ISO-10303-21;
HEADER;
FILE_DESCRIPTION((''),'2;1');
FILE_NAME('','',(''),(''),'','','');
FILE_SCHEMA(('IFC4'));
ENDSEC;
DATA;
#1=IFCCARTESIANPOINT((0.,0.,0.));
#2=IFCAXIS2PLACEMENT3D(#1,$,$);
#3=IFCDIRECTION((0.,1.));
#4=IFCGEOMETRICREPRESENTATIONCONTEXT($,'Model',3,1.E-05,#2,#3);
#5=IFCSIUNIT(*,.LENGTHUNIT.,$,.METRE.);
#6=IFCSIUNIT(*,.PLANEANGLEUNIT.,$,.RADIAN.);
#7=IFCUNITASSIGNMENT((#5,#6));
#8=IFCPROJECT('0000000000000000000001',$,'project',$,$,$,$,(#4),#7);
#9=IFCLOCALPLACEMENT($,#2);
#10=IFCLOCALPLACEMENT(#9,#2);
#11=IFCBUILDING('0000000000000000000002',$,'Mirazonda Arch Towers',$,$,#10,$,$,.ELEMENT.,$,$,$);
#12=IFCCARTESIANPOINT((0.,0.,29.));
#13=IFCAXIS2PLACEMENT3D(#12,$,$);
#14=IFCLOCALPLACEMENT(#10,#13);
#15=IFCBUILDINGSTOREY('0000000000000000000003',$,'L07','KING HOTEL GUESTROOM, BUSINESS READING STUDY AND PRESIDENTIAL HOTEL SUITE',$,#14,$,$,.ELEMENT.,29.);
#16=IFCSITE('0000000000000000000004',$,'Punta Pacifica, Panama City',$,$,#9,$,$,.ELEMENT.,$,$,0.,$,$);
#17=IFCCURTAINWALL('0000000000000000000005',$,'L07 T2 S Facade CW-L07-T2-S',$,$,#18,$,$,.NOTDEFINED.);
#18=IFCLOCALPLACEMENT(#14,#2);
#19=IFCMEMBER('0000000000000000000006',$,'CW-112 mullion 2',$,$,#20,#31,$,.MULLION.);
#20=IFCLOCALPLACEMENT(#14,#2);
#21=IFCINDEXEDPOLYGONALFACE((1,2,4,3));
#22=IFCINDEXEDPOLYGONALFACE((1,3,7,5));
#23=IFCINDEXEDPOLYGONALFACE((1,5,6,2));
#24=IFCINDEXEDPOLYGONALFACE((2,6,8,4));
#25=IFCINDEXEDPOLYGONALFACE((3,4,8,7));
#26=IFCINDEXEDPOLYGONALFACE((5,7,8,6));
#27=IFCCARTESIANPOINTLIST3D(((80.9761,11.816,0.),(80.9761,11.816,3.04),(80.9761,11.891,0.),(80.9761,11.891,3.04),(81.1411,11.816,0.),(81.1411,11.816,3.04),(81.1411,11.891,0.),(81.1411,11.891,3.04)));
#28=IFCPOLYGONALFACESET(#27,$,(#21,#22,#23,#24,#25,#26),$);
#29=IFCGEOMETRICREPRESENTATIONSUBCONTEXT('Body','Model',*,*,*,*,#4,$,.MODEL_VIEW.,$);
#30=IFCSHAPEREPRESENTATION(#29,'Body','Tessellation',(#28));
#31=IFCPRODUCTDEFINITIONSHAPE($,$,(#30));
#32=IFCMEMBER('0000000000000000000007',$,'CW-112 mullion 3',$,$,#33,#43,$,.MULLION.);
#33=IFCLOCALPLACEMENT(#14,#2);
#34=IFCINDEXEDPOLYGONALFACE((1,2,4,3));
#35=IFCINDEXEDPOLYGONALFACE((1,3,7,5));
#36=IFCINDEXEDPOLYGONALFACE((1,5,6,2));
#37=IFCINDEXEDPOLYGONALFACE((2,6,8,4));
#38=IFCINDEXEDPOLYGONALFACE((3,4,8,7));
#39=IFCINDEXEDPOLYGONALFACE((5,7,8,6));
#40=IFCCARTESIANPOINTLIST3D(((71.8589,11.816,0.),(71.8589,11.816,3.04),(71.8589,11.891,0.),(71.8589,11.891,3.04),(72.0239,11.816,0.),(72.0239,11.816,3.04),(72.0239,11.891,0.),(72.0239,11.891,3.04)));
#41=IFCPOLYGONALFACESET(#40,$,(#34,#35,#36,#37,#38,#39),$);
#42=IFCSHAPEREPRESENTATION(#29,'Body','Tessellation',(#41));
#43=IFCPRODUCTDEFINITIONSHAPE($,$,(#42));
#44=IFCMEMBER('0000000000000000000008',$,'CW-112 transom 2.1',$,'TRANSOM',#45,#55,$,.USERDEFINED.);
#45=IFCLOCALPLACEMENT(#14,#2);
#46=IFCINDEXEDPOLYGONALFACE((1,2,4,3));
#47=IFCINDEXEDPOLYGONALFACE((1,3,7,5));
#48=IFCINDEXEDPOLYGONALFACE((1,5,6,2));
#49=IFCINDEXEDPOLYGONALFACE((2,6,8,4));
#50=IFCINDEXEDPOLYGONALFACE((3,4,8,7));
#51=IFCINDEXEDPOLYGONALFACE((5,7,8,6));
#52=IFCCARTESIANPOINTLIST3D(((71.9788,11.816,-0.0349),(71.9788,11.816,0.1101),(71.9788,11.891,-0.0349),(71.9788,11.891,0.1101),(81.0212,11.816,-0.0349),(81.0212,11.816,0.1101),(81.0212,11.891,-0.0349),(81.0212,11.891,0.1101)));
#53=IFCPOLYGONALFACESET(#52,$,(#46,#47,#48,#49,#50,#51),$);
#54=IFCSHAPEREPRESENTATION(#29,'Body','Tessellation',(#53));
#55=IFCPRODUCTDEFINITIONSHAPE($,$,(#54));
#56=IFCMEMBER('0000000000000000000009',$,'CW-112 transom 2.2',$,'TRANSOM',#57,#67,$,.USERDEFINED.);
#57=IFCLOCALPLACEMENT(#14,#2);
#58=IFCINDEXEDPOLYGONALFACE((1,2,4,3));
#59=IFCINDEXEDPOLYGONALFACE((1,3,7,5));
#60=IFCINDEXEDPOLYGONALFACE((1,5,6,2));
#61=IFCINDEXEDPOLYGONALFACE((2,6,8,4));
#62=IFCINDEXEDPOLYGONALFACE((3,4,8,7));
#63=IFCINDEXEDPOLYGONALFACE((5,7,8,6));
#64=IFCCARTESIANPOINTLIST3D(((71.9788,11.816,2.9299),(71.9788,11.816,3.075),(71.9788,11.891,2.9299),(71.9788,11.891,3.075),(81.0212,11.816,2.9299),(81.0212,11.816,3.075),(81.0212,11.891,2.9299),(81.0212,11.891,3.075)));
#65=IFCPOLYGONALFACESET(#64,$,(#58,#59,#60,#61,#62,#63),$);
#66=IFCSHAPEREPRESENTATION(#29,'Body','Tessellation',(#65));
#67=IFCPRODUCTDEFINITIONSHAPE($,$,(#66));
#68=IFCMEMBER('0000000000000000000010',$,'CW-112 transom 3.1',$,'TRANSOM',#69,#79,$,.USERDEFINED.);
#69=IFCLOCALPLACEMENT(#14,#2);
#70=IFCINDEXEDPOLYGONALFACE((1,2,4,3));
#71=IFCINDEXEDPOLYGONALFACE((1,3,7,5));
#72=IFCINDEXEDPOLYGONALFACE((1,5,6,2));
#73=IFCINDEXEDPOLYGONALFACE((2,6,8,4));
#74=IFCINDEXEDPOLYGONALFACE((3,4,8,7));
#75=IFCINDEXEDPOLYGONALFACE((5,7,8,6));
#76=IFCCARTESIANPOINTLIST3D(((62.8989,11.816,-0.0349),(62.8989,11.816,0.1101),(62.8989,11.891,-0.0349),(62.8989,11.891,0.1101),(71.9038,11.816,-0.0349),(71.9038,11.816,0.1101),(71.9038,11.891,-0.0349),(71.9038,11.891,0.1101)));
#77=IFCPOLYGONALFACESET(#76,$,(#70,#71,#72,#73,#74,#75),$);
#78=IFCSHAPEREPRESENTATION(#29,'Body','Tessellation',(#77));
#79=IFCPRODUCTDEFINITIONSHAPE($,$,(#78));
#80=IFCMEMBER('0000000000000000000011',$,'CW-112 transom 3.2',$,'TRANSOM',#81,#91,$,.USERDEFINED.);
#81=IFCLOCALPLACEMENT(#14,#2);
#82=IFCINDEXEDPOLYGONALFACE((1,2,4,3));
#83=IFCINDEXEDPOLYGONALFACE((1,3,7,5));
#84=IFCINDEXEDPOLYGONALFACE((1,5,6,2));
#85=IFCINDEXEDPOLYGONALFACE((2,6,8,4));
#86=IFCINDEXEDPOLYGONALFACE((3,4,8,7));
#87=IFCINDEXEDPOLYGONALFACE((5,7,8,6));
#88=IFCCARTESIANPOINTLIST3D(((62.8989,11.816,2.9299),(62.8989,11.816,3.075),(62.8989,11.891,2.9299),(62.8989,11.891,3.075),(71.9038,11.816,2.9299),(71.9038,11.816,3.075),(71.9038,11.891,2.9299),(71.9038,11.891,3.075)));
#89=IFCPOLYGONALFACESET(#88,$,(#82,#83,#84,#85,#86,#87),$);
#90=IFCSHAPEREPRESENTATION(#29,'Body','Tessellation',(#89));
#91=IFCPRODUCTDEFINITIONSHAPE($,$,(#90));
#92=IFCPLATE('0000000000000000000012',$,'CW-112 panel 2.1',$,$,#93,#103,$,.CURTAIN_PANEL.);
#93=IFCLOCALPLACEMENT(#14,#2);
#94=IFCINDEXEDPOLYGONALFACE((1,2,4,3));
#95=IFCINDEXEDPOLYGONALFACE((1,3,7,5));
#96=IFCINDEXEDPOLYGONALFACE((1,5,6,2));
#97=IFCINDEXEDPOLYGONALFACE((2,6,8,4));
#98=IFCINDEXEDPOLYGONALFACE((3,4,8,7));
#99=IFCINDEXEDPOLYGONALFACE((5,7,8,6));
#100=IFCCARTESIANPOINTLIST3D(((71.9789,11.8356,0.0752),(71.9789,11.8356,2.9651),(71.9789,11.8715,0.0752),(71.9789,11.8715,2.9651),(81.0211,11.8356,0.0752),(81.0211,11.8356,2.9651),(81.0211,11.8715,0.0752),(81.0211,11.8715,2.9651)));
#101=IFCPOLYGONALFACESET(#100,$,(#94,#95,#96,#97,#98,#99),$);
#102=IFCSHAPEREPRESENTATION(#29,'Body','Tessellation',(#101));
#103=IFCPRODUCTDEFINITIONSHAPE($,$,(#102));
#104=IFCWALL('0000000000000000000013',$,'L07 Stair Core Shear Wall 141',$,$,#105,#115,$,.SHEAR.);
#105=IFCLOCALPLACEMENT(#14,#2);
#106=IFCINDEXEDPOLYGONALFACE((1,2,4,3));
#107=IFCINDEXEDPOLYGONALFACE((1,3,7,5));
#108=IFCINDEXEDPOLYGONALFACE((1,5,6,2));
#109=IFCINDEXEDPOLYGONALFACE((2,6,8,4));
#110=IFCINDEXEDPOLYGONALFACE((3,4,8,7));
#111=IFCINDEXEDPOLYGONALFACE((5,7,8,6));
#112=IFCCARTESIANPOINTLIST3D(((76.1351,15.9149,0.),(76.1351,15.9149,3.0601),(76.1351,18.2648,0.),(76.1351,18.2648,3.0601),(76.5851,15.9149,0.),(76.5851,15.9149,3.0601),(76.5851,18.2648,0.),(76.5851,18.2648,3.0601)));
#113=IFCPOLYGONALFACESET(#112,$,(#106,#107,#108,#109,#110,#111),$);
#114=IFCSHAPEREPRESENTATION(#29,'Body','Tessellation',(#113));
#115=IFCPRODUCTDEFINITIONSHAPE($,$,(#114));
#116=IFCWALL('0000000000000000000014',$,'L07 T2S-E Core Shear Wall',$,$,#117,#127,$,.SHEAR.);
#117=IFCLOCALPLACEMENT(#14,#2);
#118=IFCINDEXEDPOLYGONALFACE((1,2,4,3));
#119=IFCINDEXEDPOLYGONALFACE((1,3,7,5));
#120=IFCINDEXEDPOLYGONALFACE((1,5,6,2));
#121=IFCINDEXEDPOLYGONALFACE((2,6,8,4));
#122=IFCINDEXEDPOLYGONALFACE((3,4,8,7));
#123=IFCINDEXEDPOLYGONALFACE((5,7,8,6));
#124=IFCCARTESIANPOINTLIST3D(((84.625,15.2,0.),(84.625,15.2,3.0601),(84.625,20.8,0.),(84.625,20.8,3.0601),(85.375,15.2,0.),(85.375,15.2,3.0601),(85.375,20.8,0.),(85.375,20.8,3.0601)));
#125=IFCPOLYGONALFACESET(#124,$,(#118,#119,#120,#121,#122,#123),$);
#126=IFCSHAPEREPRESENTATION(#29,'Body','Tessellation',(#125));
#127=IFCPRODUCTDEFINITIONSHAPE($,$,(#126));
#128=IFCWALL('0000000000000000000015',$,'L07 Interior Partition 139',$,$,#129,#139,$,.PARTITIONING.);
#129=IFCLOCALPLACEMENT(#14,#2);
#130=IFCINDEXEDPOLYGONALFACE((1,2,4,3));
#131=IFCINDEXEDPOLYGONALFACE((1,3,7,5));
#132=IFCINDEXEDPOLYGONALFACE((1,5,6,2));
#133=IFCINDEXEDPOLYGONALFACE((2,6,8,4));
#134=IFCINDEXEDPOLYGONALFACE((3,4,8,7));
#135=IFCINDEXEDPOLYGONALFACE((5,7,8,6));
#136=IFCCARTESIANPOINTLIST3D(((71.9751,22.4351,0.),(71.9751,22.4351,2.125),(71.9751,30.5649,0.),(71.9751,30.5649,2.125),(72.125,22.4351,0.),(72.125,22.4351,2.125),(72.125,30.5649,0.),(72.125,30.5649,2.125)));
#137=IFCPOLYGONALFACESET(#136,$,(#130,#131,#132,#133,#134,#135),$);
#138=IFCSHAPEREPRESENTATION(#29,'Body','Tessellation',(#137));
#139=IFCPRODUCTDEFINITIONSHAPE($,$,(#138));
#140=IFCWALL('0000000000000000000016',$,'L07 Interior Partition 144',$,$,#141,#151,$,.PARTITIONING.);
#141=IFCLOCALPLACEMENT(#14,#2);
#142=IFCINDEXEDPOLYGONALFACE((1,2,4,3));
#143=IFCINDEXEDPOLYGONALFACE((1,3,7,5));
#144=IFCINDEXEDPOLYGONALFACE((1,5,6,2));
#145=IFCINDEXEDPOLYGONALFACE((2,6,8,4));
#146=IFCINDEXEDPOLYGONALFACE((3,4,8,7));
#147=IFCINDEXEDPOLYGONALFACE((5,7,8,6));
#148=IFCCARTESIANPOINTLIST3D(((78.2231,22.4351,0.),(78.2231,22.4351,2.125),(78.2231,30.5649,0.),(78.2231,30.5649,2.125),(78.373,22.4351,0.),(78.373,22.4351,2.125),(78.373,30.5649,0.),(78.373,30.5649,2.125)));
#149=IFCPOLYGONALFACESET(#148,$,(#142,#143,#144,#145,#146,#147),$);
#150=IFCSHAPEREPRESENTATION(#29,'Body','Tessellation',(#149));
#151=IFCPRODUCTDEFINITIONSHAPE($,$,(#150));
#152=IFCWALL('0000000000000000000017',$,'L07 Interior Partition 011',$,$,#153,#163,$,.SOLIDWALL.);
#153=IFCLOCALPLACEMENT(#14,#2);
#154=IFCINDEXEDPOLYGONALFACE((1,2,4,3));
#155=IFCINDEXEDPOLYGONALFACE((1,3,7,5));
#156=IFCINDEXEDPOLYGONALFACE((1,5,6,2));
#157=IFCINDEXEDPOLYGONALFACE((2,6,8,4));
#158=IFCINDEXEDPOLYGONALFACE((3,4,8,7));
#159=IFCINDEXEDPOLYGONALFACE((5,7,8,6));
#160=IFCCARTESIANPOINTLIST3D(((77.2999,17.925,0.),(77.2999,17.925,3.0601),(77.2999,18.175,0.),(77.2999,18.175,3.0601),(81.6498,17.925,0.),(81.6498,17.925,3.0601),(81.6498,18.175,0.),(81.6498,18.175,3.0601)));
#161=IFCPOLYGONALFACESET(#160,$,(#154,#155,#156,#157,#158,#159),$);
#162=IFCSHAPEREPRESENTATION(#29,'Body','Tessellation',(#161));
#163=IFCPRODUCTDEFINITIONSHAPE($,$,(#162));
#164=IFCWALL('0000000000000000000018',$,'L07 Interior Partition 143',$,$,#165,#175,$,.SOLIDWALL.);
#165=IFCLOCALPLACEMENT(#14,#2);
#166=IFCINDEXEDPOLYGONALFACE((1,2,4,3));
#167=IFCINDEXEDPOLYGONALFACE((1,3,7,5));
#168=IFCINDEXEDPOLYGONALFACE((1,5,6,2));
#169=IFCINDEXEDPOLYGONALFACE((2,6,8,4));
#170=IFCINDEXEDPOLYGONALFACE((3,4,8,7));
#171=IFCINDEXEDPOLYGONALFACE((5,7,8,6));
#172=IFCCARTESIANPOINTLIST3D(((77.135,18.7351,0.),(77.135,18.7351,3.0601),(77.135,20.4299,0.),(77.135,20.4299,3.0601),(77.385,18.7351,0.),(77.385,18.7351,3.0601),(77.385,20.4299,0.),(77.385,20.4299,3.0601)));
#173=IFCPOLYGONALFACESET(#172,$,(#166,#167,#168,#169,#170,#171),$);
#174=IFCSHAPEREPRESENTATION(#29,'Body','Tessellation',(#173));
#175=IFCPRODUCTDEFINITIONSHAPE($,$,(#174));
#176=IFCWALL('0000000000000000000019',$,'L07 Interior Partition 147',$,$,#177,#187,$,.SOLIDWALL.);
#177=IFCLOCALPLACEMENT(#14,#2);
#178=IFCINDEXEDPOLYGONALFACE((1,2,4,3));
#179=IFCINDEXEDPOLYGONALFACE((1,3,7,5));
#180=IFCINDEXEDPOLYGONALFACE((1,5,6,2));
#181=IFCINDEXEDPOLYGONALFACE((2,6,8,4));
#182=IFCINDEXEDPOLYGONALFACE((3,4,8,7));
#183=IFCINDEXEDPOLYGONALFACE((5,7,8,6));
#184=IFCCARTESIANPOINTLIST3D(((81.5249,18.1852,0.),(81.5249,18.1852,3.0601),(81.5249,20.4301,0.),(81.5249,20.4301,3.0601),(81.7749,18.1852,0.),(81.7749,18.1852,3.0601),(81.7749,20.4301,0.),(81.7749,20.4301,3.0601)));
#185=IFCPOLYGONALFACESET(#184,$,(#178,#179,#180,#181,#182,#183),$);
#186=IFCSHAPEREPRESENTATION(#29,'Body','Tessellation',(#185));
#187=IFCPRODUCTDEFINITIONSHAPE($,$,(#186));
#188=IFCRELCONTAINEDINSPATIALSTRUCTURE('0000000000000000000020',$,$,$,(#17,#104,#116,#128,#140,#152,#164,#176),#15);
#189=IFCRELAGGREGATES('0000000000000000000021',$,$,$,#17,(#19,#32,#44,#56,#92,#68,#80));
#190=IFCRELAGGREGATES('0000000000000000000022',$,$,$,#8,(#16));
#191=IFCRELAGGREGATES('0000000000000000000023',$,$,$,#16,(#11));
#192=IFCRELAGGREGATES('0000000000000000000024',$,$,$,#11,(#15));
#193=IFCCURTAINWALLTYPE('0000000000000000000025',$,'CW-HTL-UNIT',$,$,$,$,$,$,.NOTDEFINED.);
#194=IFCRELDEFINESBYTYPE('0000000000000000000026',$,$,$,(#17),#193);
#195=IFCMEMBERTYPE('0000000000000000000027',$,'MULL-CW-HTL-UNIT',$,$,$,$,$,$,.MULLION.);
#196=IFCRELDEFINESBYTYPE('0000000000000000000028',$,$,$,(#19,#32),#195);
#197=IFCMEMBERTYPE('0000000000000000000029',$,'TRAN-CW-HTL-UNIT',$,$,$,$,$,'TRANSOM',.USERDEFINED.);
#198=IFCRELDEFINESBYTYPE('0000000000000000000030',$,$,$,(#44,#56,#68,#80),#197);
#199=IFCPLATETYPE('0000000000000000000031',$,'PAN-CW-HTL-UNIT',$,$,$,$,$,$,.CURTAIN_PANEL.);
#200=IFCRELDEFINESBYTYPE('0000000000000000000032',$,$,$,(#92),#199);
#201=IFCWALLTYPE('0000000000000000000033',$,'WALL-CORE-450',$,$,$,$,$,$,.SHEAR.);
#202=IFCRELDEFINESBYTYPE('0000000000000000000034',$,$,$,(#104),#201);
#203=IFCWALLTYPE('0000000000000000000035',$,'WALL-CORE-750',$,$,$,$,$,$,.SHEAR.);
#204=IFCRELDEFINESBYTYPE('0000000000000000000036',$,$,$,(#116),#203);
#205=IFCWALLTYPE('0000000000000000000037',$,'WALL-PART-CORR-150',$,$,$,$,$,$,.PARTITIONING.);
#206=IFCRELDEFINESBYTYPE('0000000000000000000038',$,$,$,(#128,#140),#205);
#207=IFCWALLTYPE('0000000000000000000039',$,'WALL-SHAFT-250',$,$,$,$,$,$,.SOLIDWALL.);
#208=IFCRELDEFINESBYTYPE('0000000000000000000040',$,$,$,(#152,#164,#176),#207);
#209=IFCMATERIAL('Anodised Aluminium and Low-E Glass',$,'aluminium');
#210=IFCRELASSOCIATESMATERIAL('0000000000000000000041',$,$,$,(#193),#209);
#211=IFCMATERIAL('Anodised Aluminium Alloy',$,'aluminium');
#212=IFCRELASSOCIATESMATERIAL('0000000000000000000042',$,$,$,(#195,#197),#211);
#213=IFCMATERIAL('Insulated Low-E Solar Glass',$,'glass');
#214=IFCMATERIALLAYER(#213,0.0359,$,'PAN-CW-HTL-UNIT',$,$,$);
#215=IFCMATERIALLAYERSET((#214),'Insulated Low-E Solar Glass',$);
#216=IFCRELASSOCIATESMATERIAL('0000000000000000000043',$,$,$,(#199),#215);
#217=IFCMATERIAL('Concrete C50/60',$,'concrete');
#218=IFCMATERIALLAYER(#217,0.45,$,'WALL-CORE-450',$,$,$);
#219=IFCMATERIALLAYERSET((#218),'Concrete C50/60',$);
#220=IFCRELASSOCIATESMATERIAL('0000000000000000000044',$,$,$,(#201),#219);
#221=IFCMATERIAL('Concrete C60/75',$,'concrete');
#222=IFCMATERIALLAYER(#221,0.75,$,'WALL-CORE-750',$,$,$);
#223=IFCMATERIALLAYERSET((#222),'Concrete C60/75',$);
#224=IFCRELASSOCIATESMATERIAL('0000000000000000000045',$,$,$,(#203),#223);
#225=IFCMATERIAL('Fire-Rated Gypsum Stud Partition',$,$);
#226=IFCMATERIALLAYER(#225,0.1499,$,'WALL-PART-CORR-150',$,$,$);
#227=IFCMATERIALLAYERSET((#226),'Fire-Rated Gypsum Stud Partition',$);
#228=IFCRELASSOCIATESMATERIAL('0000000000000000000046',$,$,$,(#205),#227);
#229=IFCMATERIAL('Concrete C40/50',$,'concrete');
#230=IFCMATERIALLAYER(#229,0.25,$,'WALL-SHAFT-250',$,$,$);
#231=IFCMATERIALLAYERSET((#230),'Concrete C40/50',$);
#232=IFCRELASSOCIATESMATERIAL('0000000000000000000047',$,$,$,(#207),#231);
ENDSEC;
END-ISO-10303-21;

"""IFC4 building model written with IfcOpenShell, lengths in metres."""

from ifc_helpers import new_model, si_unit, direction, frame, frame_2d, origin, origin_2d, place, context, subcontext, project, spatial, rectangle, extrude, material, layer, layer_set, material_profile, profile_set, type_object, element, aggregate, save


model = new_model("IFC4")

# Units and contexts
model_context = context("Model", 3, precision=1e-05, world=origin(), true_north=direction((0.0, 1.0)))
body_context = subcontext(model_context, "Body", "Model", "MODEL_VIEW")
ifc_project = project(units=[si_unit("LENGTHUNIT", "METRE"), si_unit("PLANEANGLEUNIT", "RADIAN")], contexts=[model_context])

# Site, building, storey
site_placement = place(None, origin())
site = spatial("IfcSite", under=ifc_project, at=site_placement, Name="Punta Pacifica, Panama City", CompositionType="ELEMENT", RefElevation=0.0)
building_placement = place(site_placement, origin())
building = spatial("IfcBuilding", under=site, at=building_placement, Name="Mirazonda Arch Towers", CompositionType="ELEMENT")
storey_placement = place(building_placement, frame((0.0, 0.0, 29.0)))
storey = spatial("IfcBuildingStorey", under=building, at=storey_placement, Name="L07", Description="KING HOTEL GUESTROOM, BUSINESS READING STUDY AND PRESIDENTIAL HOTEL SUITE", CompositionType="ELEMENT", Elevation=29.0)

# Shared definitions
ifc_material_1 = material(Name="Concrete C60/75", Category="concrete")

# Curtain wall, members, plate
ifc_material_2 = material(Name="Anodised Aluminium and Low-E Glass", Category="aluminium")
curtain_wall_type = type_object("IfcCurtainWallType", Name="CW-HTL-UNIT", PredefinedType="NOTDEFINED", material=ifc_material_2)
curtain_wall_placement = place(storey_placement, origin())
curtain_wall = element("IfcCurtainWall", 1, at=curtain_wall_placement, inside=storey, type_object=curtain_wall_type, Name="L07 T2 S Facade CW-L07-T2-S", PredefinedType="NOTDEFINED")
ifc_material_3 = material(Name="Anodised Aluminium Alloy", Category="aluminium")
ifc_material_profile_1 = material_profile(ifc_material_3, rectangle(XDim=0.075, YDim=0.165, at=origin_2d()), Name="ALU-MULL-75x165")
ifc_profile_set_1 = profile_set([ifc_material_profile_1], Name="Anodised Aluminium Alloy")
member_type_1 = type_object("IfcMemberType", Name="MULL-CW-HTL-UNIT", PredefinedType="MULLION", material=ifc_profile_set_1)
member_1_placement = place(storey_placement, frame((81.0586, 11.8535, 0.0), z_axis=(0.0, 0.0, 1.0), x_axis=(0.0, -1.0, 0.0)))
member_1 = element("IfcMember", 2, at=member_1_placement, type_object=member_type_1, Name="CW-112 mullion 2", PredefinedType="MULLION", context=body_context, shape_type="SweptSolid", body=[
    extrude(rectangle(XDim=0.075, YDim=0.165, at=origin_2d()), origin(), (0.0, 0.0, 1.0), 3.04),
])
member_2_placement = place(storey_placement, frame((71.9414, 11.8535, 0.0), z_axis=(0.0, 0.0, 1.0), x_axis=(0.0, -1.0, 0.0)))
member_2 = element("IfcMember", 3, at=member_2_placement, type_object=member_type_1, Name="CW-112 mullion 3", PredefinedType="MULLION", context=body_context, shape_type="SweptSolid", body=[
    extrude(rectangle(XDim=0.075, YDim=0.165, at=origin_2d()), origin(), (0.0, 0.0, 1.0), 3.04),
])
ifc_material_profile_2 = material_profile(ifc_material_3, rectangle(XDim=0.075, YDim=0.145, at=origin_2d()), Name="ALU-TRAN-75x145")
ifc_profile_set_2 = profile_set([ifc_material_profile_2], Name="Anodised Aluminium Alloy")
member_type_2 = type_object("IfcMemberType", Name="TRAN-CW-HTL-UNIT", ElementType="TRANSOM", PredefinedType="USERDEFINED", material=ifc_profile_set_2)
member_3_placement = place(storey_placement, frame((81.0212, 11.8535, 0.0376), z_axis=(-1.0, 0.0, 0.0), x_axis=(0.0, -1.0, 0.0)))
member_3 = element("IfcMember", 4, at=member_3_placement, type_object=member_type_2, Name="CW-112 transom 2.1", ObjectType="TRANSOM", PredefinedType="USERDEFINED", context=body_context, shape_type="SweptSolid", body=[
    extrude(rectangle(XDim=0.075, YDim=0.145, at=origin_2d()), origin(), (0.0, 0.0, 1.0), 9.0425),
])
member_4_placement = place(storey_placement, frame((81.0212, 11.8535, 3.0024), z_axis=(-1.0, 0.0, 0.0), x_axis=(0.0, -1.0, 0.0)))
member_4 = element("IfcMember", 5, at=member_4_placement, type_object=member_type_2, Name="CW-112 transom 2.2", ObjectType="TRANSOM", PredefinedType="USERDEFINED", context=body_context, shape_type="SweptSolid", body=[
    extrude(rectangle(XDim=0.075, YDim=0.145, at=origin_2d()), origin(), (0.0, 0.0, 1.0), 9.0425),
])
member_5_placement = place(storey_placement, frame((71.9038, 11.8535, 0.0376), z_axis=(-1.0, 0.0, 0.0), x_axis=(0.0, -1.0, 0.0)))
member_5 = element("IfcMember", 6, at=member_5_placement, type_object=member_type_2, Name="CW-112 transom 3.1", ObjectType="TRANSOM", PredefinedType="USERDEFINED", context=body_context, shape_type="SweptSolid", body=[
    extrude(rectangle(XDim=0.075, YDim=0.145, at=origin_2d()), origin(), (0.0, 0.0, 1.0), 9.0049),
])
member_6_placement = place(storey_placement, frame((71.9038, 11.8535, 3.0024), z_axis=(-1.0, 0.0, 0.0), x_axis=(0.0, -1.0, 0.0)))
member_6 = element("IfcMember", 7, at=member_6_placement, type_object=member_type_2, Name="CW-112 transom 3.2", ObjectType="TRANSOM", PredefinedType="USERDEFINED", context=body_context, shape_type="SweptSolid", body=[
    extrude(rectangle(XDim=0.075, YDim=0.145, at=origin_2d()), origin(), (0.0, 0.0, 1.0), 9.0049),
])
ifc_material_4 = material(Name="Insulated Low-E Solar Glass", Category="glass")
ifc_layer_1 = layer(ifc_material_4, 0.0359, Name="PAN-CW-HTL-UNIT")
ifc_layer_set_1 = layer_set([ifc_layer_1], Name="Insulated Low-E Solar Glass")
plate_type = type_object("IfcPlateType", Name="PAN-CW-HTL-UNIT", PredefinedType="CURTAIN_PANEL", material=ifc_layer_set_1)
plate_placement = place(storey_placement, frame((76.5, 11.8535, 0.0752), z_axis=(0.0, 0.0, 1.0), x_axis=(-1.0, 0.0, 0.0)))
plate = element("IfcPlate", 8, at=plate_placement, type_object=plate_type, Name="CW-112 panel 2.1", PredefinedType="CURTAIN_PANEL", context=body_context, shape_type="SweptSolid", body=[
    extrude(rectangle(XDim=9.0422, YDim=0.0359, at=origin_2d()), origin(), (0.0, 0.0, 1.0), 2.8899),
])
aggregate(curtain_wall, [member_1, member_2, member_3, member_4, plate, member_5, member_6])

# Walls
ifc_material_5 = material(Name="Concrete C50/60", Category="concrete")
ifc_layer_2 = layer(ifc_material_5, 0.45, Name="WALL-CORE-450")
ifc_layer_set_2 = layer_set([ifc_layer_2], Name="Concrete C50/60")
wall_type_1 = type_object("IfcWallType", Name="WALL-CORE-450", PredefinedType="SHEAR", material=ifc_layer_set_2)
wall_1_placement = place(storey_placement, frame((76.3601, 15.915, 0.0), z_axis=(0.0, 0.0, 1.0), x_axis=(0.0, 1.0, 0.0)))
element("IfcWall", 9, at=wall_1_placement, inside=storey, type_object=wall_type_1, Name="L07 Stair Core Shear Wall 141", PredefinedType="SHEAR", context=body_context, shape_type="SweptSolid", body=[
    extrude(rectangle(XDim=2.3499, YDim=0.45, at=frame_2d((1.1748, 0.0))), origin(), (0.0, 0.0, 1.0), 3.0601),
])
ifc_layer_3 = layer(ifc_material_1, 0.75, Name="WALL-CORE-750")
ifc_layer_set_3 = layer_set([ifc_layer_3], Name="Concrete C60/75")
wall_type_2 = type_object("IfcWallType", Name="WALL-CORE-750", PredefinedType="SHEAR", material=ifc_layer_set_3)
wall_2_placement = place(storey_placement, frame((85.0, 15.2, 0.0), z_axis=(0.0, 0.0, 1.0), x_axis=(0.0, 1.0, 0.0)))
element("IfcWall", 10, at=wall_2_placement, inside=storey, type_object=wall_type_2, Name="L07 T2S-E Core Shear Wall", PredefinedType="SHEAR", context=body_context, shape_type="SweptSolid", body=[
    extrude(rectangle(XDim=5.6001, YDim=0.75, at=frame_2d((2.8, 0.0))), origin(), (0.0, 0.0, 1.0), 3.0601),
])
ifc_material_6 = material(Name="Fire-Rated Gypsum Stud Partition")
ifc_layer_4 = layer(ifc_material_6, 0.1499, Name="WALL-PART-CORR-150")
ifc_layer_set_4 = layer_set([ifc_layer_4], Name="Fire-Rated Gypsum Stud Partition")
wall_type_3 = type_object("IfcWallType", Name="WALL-PART-CORR-150", PredefinedType="PARTITIONING", material=ifc_layer_set_4)
for number, where, z_axis, x_axis, name in (
    (11, (72.05, 22.4351, 0.0), (0.0, 0.0, 1.0), (0.0, 1.0, 0.0), "L07 Interior Partition 139"),
    (12, (78.2981, 22.4351, 0.0), (0.0, 0.0, 1.0), (0.0, 1.0, 0.0), "L07 Interior Partition 144"),
):
    element("IfcWall", number, at=place(storey_placement, frame(where, z_axis=z_axis, x_axis=x_axis)), inside=storey, type_object=wall_type_3, Name=name, PredefinedType="PARTITIONING", context=body_context, shape_type="SweptSolid", body=[
        extrude(rectangle(XDim=8.1299, YDim=0.1499, at=frame_2d((4.0649, 0.0))), origin(), (0.0, 0.0, 1.0), 2.125),
    ])
ifc_material_7 = material(Name="Concrete C40/50", Category="concrete")
ifc_layer_5 = layer(ifc_material_7, 0.25, Name="WALL-SHAFT-250")
ifc_layer_set_5 = layer_set([ifc_layer_5], Name="Concrete C40/50")
wall_type_4 = type_object("IfcWallType", Name="WALL-SHAFT-250", PredefinedType="SOLIDWALL", material=ifc_layer_set_5)
wall_3_placement = place(storey_placement, frame((77.3, 18.05, 0.0), z_axis=(0.0, 0.0, 1.0), x_axis=(1.0, 0.0, 0.0)))
element("IfcWall", 13, at=wall_3_placement, inside=storey, type_object=wall_type_4, Name="L07 Interior Partition 011", PredefinedType="SOLIDWALL", context=body_context, shape_type="SweptSolid", body=[
    extrude(rectangle(XDim=4.3499, YDim=0.25, at=frame_2d((2.1748, 0.0))), origin(), (0.0, 0.0, 1.0), 3.0601),
])
wall_4_placement = place(storey_placement, frame((77.26, 18.7351, 0.0), z_axis=(0.0, 0.0, 1.0), x_axis=(0.0, 1.0, 0.0)))
element("IfcWall", 14, at=wall_4_placement, inside=storey, type_object=wall_type_4, Name="L07 Interior Partition 143", PredefinedType="SOLIDWALL", context=body_context, shape_type="SweptSolid", body=[
    extrude(rectangle(XDim=1.6948, YDim=0.25, at=frame_2d((0.8474, 0.0))), origin(), (0.0, 0.0, 1.0), 3.0601),
])
wall_5_placement = place(storey_placement, frame((81.6499, 18.1851, 0.0), z_axis=(0.0, 0.0, 1.0), x_axis=(0.0, 1.0, 0.0)))
element("IfcWall", 15, at=wall_5_placement, inside=storey, type_object=wall_type_4, Name="L07 Interior Partition 147", PredefinedType="SOLIDWALL", context=body_context, shape_type="SweptSolid", body=[
    extrude(rectangle(XDim=2.2449, YDim=0.25, at=frame_2d((1.1226, 0.0))), origin(), (0.0, 0.0, 1.0), 3.0601),
])

save(model, "model.ifc")
